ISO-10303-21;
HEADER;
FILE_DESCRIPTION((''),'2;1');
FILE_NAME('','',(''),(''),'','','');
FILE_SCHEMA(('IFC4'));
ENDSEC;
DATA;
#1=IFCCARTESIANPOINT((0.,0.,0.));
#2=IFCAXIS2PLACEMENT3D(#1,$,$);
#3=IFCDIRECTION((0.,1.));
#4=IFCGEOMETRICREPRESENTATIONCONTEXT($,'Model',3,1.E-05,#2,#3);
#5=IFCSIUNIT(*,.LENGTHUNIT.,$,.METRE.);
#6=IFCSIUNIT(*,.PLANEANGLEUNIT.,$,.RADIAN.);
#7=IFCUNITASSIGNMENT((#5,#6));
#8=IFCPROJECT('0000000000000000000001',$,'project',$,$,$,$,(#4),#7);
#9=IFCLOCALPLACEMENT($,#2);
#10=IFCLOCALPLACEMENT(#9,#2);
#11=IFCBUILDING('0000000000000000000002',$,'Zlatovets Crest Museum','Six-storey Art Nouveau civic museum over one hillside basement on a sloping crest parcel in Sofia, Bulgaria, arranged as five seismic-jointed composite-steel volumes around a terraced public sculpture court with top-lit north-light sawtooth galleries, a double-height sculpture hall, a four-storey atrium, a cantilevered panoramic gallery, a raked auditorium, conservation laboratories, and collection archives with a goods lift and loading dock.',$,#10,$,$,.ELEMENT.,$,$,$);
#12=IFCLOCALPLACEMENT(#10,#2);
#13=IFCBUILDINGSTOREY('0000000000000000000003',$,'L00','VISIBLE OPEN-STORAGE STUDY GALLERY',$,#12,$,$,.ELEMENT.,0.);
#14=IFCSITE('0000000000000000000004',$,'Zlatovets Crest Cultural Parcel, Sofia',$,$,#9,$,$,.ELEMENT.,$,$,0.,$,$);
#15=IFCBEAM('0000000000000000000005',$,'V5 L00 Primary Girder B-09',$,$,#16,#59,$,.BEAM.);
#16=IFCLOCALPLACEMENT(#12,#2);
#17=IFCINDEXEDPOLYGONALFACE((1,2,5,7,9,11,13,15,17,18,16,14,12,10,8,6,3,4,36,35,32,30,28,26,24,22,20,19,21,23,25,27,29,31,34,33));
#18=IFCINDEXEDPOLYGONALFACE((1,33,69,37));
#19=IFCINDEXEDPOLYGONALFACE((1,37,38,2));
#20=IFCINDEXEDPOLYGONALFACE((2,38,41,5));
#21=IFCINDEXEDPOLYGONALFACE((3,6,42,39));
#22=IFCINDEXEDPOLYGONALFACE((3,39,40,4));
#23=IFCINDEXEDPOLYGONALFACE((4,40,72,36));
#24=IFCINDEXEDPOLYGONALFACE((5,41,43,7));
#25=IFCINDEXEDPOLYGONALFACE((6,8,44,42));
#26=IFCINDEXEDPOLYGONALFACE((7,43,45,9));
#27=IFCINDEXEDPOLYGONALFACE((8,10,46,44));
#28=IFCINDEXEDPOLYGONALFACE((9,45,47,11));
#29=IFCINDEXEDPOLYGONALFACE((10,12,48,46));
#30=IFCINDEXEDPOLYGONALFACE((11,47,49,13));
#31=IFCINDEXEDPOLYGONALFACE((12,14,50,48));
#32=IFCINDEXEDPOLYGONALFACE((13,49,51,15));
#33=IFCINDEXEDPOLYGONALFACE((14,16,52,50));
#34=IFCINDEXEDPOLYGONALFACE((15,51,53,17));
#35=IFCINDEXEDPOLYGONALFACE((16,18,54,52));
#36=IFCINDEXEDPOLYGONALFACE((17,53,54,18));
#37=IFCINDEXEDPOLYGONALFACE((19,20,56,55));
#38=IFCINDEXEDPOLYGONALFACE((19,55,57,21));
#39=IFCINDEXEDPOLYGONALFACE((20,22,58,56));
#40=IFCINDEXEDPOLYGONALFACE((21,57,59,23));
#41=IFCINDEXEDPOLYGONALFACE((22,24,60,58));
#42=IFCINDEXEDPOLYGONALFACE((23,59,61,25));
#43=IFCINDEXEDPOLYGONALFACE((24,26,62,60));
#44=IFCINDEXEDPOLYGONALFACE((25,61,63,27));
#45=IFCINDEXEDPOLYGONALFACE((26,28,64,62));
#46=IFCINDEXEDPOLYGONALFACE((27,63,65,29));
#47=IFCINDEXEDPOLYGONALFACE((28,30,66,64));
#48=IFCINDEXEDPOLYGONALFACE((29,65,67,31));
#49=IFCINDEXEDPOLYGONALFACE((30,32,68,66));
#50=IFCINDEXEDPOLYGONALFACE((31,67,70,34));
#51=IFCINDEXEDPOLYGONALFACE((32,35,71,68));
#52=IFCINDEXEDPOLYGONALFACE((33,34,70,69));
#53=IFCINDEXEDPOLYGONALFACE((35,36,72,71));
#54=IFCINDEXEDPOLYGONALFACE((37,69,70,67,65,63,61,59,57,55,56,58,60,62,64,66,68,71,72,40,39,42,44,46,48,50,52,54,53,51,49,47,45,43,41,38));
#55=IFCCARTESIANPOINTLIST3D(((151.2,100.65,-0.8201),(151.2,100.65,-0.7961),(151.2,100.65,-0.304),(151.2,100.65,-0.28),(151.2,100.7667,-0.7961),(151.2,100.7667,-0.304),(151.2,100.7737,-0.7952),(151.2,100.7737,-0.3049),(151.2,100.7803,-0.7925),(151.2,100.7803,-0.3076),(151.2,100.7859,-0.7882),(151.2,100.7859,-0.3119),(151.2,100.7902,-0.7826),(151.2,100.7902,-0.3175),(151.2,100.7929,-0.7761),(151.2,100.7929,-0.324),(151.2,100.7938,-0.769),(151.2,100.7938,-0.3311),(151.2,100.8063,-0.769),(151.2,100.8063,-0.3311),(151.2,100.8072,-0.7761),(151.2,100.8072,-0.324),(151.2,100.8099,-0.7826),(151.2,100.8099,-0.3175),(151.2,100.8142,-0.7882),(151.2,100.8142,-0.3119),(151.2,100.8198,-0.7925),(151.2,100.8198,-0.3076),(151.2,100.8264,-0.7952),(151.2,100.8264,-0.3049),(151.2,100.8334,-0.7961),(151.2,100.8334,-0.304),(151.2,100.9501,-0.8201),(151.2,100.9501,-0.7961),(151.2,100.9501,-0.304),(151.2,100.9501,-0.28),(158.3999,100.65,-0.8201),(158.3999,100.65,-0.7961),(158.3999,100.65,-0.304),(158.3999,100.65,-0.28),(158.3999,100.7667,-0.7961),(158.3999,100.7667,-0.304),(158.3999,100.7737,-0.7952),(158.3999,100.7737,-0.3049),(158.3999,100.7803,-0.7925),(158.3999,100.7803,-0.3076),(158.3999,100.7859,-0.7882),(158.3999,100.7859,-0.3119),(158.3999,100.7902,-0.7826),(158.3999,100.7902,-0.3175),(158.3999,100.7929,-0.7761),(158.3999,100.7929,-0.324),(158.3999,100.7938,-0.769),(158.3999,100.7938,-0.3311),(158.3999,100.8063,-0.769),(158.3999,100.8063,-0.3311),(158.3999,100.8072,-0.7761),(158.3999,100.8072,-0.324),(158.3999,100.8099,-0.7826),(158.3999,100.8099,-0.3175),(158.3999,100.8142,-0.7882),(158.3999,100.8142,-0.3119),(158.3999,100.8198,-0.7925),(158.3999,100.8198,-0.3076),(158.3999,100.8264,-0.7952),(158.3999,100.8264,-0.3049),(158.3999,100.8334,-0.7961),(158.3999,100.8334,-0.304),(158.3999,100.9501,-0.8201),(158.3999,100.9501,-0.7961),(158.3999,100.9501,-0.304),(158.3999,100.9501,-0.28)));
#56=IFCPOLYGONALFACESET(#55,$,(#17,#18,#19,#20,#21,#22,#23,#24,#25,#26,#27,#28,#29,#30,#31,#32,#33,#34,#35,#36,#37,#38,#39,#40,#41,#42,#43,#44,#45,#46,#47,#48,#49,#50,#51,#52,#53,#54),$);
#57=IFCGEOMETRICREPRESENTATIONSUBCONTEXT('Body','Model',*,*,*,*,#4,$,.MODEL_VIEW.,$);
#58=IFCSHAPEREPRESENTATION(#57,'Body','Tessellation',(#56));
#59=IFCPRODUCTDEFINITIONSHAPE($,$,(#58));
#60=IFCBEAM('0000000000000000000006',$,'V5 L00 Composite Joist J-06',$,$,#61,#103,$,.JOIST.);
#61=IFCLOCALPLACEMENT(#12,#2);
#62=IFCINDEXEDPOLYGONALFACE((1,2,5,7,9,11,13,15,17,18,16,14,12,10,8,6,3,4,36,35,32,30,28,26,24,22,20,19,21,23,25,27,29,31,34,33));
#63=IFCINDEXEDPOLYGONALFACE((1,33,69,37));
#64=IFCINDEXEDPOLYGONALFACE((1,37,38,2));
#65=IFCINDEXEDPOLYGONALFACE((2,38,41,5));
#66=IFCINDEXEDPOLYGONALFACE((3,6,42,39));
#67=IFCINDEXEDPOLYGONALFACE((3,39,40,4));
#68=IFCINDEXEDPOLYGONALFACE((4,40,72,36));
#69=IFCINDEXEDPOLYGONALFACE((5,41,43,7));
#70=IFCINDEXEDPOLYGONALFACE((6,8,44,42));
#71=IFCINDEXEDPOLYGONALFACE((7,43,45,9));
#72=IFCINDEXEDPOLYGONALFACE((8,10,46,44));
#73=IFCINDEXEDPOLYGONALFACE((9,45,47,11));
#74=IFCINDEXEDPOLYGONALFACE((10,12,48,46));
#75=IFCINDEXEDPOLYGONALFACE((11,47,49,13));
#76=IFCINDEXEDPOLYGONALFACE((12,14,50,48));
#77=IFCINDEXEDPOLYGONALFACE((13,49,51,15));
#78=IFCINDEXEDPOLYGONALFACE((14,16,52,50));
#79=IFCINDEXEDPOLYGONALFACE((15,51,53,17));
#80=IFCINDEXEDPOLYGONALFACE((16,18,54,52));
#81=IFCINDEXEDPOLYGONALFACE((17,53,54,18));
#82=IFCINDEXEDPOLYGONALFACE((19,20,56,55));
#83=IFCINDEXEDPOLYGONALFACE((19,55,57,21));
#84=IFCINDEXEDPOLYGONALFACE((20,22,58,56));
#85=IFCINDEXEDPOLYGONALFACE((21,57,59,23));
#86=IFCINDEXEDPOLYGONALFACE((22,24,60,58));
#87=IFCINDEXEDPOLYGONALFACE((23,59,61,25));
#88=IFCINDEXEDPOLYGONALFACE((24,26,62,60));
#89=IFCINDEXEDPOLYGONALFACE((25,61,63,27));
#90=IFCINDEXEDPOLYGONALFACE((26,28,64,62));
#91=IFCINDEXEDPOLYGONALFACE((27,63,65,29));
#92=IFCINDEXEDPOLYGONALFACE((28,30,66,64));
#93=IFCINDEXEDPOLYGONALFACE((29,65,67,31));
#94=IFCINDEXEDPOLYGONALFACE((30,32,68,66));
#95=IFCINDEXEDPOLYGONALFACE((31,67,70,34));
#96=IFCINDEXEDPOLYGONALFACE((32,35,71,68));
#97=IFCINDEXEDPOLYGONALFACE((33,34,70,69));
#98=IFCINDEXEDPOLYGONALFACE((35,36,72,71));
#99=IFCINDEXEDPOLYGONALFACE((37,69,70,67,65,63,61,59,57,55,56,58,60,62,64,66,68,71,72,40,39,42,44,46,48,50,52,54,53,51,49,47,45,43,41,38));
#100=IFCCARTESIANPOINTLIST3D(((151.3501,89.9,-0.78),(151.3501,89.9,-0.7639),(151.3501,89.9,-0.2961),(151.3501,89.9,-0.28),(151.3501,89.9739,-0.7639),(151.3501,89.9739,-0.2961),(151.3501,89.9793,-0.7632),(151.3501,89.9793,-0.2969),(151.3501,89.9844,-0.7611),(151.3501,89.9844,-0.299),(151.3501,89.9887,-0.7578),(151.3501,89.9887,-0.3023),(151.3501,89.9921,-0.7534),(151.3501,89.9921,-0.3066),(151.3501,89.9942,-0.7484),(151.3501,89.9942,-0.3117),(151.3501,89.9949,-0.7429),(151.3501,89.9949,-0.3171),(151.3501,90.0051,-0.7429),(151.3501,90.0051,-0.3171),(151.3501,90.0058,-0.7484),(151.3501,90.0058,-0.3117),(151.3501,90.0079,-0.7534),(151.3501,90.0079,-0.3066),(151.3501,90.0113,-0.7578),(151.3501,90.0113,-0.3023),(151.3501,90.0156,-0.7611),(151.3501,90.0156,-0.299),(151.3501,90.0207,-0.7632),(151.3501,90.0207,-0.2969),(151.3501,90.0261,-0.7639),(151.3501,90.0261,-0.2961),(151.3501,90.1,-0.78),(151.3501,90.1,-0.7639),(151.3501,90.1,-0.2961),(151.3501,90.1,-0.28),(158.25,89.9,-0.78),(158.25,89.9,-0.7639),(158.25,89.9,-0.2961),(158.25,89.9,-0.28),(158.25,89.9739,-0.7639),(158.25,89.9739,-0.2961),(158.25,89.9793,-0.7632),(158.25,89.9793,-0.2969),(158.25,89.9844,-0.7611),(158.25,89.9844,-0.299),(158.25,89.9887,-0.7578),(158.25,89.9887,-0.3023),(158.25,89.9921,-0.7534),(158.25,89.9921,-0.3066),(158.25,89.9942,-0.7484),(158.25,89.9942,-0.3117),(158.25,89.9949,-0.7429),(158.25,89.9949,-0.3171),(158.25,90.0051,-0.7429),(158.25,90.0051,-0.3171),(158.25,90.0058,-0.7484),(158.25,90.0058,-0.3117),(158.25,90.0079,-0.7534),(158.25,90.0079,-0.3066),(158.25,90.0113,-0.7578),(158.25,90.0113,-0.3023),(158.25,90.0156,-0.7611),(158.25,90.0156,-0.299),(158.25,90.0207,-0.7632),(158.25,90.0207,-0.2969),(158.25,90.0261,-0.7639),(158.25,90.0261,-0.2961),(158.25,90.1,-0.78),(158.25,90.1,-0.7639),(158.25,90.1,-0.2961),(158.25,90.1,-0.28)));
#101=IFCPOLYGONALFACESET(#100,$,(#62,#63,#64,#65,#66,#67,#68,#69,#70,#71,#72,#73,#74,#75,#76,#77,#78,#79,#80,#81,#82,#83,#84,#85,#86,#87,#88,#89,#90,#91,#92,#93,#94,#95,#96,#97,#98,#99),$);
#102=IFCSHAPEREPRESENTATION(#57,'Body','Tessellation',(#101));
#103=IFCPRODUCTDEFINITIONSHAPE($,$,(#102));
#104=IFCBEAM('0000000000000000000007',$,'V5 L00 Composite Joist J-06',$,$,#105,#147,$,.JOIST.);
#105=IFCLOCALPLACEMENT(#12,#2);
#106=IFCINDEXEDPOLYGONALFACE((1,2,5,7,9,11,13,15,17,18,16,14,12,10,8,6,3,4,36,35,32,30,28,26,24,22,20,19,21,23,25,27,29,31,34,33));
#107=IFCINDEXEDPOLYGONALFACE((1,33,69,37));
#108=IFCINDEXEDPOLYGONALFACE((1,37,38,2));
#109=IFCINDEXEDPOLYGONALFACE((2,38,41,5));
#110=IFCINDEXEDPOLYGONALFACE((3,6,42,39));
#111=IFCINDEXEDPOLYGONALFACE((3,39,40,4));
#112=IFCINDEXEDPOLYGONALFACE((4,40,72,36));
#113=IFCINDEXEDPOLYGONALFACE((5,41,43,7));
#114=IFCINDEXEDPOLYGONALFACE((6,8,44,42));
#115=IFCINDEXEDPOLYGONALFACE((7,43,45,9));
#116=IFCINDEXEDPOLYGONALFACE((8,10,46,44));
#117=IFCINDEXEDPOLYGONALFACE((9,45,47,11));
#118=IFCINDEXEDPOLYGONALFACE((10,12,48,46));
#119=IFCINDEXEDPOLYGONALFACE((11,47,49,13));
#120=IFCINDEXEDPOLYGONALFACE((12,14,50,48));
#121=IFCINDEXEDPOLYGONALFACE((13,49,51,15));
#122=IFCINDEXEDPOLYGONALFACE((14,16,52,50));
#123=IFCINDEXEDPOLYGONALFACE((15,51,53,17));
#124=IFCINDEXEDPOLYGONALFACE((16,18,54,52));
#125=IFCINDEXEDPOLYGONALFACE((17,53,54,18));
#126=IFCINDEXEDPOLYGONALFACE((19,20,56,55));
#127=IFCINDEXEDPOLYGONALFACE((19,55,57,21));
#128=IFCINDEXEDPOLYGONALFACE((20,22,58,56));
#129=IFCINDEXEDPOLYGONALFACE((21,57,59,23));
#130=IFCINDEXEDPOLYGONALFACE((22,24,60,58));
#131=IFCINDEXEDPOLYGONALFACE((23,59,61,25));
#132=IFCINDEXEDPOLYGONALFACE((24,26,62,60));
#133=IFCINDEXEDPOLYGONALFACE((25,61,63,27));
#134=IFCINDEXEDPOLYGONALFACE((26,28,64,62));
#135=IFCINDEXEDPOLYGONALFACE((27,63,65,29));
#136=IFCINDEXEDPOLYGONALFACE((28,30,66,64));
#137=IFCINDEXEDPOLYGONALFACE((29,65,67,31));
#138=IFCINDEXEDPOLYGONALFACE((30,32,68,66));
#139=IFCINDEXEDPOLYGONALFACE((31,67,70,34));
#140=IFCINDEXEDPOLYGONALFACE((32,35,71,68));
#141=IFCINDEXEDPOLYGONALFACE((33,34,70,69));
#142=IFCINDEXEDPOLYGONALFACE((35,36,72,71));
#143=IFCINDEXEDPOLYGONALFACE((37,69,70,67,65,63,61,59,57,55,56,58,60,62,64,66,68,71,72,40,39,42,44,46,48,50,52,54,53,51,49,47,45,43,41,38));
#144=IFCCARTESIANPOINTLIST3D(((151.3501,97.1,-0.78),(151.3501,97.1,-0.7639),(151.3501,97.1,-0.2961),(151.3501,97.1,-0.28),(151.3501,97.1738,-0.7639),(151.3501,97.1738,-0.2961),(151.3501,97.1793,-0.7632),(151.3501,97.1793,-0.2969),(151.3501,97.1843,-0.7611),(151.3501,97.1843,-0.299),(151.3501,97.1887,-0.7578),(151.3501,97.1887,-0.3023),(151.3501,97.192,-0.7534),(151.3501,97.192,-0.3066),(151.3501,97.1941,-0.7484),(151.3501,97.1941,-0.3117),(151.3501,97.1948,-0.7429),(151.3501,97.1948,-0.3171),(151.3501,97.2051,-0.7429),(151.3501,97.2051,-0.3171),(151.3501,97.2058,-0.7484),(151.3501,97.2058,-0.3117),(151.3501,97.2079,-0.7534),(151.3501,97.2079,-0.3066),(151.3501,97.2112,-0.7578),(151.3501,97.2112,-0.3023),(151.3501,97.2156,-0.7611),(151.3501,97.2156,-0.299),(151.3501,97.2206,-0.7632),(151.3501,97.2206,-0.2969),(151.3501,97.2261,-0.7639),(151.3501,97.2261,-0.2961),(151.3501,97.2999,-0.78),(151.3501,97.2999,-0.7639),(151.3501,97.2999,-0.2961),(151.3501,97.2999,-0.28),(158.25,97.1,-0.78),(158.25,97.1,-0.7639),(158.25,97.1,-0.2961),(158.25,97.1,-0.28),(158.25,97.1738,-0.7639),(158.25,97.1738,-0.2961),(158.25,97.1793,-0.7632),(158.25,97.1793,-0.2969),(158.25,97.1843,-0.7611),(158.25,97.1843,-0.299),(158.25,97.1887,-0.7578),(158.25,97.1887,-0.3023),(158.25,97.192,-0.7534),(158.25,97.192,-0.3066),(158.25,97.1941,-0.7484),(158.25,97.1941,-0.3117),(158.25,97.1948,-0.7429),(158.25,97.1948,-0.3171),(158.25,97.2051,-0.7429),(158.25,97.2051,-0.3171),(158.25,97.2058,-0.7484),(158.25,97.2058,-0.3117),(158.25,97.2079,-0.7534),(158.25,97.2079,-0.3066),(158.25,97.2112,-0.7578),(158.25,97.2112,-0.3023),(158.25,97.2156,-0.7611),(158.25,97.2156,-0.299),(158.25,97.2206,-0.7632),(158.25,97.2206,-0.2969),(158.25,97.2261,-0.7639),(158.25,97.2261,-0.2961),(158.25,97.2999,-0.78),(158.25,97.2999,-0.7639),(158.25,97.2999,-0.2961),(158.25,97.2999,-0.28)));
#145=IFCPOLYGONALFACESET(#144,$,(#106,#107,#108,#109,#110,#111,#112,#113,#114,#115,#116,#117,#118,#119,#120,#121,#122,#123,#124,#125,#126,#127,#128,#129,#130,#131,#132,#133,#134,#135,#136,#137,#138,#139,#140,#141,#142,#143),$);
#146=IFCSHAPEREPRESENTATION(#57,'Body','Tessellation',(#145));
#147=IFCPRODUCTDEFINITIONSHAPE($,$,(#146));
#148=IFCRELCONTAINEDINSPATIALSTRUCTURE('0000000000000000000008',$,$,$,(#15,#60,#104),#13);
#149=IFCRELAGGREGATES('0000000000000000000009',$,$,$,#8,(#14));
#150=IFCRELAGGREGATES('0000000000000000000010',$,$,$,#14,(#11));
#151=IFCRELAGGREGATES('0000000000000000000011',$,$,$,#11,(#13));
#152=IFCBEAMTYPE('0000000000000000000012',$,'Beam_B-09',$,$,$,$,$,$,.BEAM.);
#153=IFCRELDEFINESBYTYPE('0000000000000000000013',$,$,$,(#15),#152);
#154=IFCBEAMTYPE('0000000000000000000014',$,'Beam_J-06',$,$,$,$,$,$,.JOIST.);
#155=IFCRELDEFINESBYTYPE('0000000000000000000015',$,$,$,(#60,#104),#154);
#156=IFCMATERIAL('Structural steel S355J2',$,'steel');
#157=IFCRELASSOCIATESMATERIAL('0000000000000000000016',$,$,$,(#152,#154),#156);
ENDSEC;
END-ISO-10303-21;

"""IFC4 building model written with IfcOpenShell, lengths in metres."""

from ifc_helpers import new_model, si_unit, direction, frame, origin, origin_2d, place, context, subcontext, project, spatial, i_section, extrude, material, material_profile, profile_set, type_object, element, save


model = new_model("IFC4")

# Units and contexts
model_context = context("Model", 3, precision=1e-05, world=origin(), true_north=direction((0.0, 1.0)))
body_context = subcontext(model_context, "Body", "Model", "MODEL_VIEW")
ifc_project = project(units=[si_unit("LENGTHUNIT", "METRE"), si_unit("PLANEANGLEUNIT", "RADIAN")], contexts=[model_context])

# Site, building, storey
site_placement = place(None, origin())
site = spatial("IfcSite", under=ifc_project, at=site_placement, Name="Zlatovets Crest Cultural Parcel, Sofia", CompositionType="ELEMENT", RefElevation=0.0)
building_placement = place(site_placement, origin())
building = spatial("IfcBuilding", under=site, at=building_placement, Name="Zlatovets Crest Museum", Description="Six-storey Art Nouveau civic museum over one hillside basement on a sloping crest parcel in Sofia, Bulgaria, arranged as five seismic-jointed composite-steel volumes around a terraced public sculpture court with top-lit north-light sawtooth galleries, a double-height sculpture hall, a four-storey atrium, a cantilevered panoramic gallery, a raked auditorium, conservation laboratories, and collection archives with a goods lift and loading dock.", CompositionType="ELEMENT")
storey_placement = place(building_placement, origin())
storey = spatial("IfcBuildingStorey", under=building, at=storey_placement, Name="L00", Description="VISIBLE OPEN-STORAGE STUDY GALLERY", CompositionType="ELEMENT", Elevation=0.0)

# Shared definitions
ifc_material_1 = material(Name="Structural steel S355J2", Category="steel")

# Beams
ifc_material_profile_1 = material_profile(ifc_material_1, i_section(OverallWidth=0.3, OverallDepth=0.54, WebThickness=0.0125, FlangeThickness=0.0239, FilletRadius=0.0271, at=origin_2d()), Name="HEA 550")
ifc_profile_set_1 = profile_set([ifc_material_profile_1], Name="Structural steel S355J2")
beam_type_1 = type_object("IfcBeamType", Name="Beam_B-09", PredefinedType="BEAM", material=ifc_profile_set_1)
beam_1_placement = place(storey_placement, frame((151.2, 100.8, -0.55), z_axis=(1.0, 0.0, 0.0), x_axis=(0.0, 1.0, 0.0)))
element("IfcBeam", 1, at=beam_1_placement, inside=storey, type_object=beam_type_1, Name="V5 L00 Primary Girder B-09", PredefinedType="BEAM", context=body_context, shape_type="SweptSolid", body=[
    extrude(i_section(OverallWidth=0.3, OverallDepth=0.54, WebThickness=0.0125, FlangeThickness=0.0239, FilletRadius=0.0271, at=origin_2d()), origin(), (0.0, 0.0, 1.0), 7.2),
])
ifc_material_profile_2 = material_profile(ifc_material_1, i_section(OverallWidth=0.2, OverallDepth=0.5, WebThickness=0.0103, FlangeThickness=0.0161, FilletRadius=0.021, at=origin_2d()), Name="IPE 500")
ifc_profile_set_2 = profile_set([ifc_material_profile_2], Name="Structural steel S355J2")
beam_type_2 = type_object("IfcBeamType", Name="Beam_J-06", PredefinedType="JOIST", material=ifc_profile_set_2)
for number, where, z_axis, x_axis, name in (
    (2, (151.3501, 90.0, -0.53), (1.0, 0.0, 0.0), (0.0, 1.0, 0.0), "V5 L00 Composite Joist J-06"),
    (3, (151.3501, 97.2, -0.53), (1.0, 0.0, 0.0), (0.0, 1.0, 0.0), "V5 L00 Composite Joist J-06"),
):
    element("IfcBeam", number, at=place(storey_placement, frame(where, z_axis=z_axis, x_axis=x_axis)), inside=storey, type_object=beam_type_2, Name=name, PredefinedType="JOIST", context=body_context, shape_type="SweptSolid", body=[
        extrude(i_section(OverallWidth=0.2, OverallDepth=0.5, WebThickness=0.0103, FlangeThickness=0.0161, FilletRadius=0.021, at=origin_2d()), origin(), (0.0, 0.0, 1.0), 6.8999),
    ])

save(model, "model.ifc")
